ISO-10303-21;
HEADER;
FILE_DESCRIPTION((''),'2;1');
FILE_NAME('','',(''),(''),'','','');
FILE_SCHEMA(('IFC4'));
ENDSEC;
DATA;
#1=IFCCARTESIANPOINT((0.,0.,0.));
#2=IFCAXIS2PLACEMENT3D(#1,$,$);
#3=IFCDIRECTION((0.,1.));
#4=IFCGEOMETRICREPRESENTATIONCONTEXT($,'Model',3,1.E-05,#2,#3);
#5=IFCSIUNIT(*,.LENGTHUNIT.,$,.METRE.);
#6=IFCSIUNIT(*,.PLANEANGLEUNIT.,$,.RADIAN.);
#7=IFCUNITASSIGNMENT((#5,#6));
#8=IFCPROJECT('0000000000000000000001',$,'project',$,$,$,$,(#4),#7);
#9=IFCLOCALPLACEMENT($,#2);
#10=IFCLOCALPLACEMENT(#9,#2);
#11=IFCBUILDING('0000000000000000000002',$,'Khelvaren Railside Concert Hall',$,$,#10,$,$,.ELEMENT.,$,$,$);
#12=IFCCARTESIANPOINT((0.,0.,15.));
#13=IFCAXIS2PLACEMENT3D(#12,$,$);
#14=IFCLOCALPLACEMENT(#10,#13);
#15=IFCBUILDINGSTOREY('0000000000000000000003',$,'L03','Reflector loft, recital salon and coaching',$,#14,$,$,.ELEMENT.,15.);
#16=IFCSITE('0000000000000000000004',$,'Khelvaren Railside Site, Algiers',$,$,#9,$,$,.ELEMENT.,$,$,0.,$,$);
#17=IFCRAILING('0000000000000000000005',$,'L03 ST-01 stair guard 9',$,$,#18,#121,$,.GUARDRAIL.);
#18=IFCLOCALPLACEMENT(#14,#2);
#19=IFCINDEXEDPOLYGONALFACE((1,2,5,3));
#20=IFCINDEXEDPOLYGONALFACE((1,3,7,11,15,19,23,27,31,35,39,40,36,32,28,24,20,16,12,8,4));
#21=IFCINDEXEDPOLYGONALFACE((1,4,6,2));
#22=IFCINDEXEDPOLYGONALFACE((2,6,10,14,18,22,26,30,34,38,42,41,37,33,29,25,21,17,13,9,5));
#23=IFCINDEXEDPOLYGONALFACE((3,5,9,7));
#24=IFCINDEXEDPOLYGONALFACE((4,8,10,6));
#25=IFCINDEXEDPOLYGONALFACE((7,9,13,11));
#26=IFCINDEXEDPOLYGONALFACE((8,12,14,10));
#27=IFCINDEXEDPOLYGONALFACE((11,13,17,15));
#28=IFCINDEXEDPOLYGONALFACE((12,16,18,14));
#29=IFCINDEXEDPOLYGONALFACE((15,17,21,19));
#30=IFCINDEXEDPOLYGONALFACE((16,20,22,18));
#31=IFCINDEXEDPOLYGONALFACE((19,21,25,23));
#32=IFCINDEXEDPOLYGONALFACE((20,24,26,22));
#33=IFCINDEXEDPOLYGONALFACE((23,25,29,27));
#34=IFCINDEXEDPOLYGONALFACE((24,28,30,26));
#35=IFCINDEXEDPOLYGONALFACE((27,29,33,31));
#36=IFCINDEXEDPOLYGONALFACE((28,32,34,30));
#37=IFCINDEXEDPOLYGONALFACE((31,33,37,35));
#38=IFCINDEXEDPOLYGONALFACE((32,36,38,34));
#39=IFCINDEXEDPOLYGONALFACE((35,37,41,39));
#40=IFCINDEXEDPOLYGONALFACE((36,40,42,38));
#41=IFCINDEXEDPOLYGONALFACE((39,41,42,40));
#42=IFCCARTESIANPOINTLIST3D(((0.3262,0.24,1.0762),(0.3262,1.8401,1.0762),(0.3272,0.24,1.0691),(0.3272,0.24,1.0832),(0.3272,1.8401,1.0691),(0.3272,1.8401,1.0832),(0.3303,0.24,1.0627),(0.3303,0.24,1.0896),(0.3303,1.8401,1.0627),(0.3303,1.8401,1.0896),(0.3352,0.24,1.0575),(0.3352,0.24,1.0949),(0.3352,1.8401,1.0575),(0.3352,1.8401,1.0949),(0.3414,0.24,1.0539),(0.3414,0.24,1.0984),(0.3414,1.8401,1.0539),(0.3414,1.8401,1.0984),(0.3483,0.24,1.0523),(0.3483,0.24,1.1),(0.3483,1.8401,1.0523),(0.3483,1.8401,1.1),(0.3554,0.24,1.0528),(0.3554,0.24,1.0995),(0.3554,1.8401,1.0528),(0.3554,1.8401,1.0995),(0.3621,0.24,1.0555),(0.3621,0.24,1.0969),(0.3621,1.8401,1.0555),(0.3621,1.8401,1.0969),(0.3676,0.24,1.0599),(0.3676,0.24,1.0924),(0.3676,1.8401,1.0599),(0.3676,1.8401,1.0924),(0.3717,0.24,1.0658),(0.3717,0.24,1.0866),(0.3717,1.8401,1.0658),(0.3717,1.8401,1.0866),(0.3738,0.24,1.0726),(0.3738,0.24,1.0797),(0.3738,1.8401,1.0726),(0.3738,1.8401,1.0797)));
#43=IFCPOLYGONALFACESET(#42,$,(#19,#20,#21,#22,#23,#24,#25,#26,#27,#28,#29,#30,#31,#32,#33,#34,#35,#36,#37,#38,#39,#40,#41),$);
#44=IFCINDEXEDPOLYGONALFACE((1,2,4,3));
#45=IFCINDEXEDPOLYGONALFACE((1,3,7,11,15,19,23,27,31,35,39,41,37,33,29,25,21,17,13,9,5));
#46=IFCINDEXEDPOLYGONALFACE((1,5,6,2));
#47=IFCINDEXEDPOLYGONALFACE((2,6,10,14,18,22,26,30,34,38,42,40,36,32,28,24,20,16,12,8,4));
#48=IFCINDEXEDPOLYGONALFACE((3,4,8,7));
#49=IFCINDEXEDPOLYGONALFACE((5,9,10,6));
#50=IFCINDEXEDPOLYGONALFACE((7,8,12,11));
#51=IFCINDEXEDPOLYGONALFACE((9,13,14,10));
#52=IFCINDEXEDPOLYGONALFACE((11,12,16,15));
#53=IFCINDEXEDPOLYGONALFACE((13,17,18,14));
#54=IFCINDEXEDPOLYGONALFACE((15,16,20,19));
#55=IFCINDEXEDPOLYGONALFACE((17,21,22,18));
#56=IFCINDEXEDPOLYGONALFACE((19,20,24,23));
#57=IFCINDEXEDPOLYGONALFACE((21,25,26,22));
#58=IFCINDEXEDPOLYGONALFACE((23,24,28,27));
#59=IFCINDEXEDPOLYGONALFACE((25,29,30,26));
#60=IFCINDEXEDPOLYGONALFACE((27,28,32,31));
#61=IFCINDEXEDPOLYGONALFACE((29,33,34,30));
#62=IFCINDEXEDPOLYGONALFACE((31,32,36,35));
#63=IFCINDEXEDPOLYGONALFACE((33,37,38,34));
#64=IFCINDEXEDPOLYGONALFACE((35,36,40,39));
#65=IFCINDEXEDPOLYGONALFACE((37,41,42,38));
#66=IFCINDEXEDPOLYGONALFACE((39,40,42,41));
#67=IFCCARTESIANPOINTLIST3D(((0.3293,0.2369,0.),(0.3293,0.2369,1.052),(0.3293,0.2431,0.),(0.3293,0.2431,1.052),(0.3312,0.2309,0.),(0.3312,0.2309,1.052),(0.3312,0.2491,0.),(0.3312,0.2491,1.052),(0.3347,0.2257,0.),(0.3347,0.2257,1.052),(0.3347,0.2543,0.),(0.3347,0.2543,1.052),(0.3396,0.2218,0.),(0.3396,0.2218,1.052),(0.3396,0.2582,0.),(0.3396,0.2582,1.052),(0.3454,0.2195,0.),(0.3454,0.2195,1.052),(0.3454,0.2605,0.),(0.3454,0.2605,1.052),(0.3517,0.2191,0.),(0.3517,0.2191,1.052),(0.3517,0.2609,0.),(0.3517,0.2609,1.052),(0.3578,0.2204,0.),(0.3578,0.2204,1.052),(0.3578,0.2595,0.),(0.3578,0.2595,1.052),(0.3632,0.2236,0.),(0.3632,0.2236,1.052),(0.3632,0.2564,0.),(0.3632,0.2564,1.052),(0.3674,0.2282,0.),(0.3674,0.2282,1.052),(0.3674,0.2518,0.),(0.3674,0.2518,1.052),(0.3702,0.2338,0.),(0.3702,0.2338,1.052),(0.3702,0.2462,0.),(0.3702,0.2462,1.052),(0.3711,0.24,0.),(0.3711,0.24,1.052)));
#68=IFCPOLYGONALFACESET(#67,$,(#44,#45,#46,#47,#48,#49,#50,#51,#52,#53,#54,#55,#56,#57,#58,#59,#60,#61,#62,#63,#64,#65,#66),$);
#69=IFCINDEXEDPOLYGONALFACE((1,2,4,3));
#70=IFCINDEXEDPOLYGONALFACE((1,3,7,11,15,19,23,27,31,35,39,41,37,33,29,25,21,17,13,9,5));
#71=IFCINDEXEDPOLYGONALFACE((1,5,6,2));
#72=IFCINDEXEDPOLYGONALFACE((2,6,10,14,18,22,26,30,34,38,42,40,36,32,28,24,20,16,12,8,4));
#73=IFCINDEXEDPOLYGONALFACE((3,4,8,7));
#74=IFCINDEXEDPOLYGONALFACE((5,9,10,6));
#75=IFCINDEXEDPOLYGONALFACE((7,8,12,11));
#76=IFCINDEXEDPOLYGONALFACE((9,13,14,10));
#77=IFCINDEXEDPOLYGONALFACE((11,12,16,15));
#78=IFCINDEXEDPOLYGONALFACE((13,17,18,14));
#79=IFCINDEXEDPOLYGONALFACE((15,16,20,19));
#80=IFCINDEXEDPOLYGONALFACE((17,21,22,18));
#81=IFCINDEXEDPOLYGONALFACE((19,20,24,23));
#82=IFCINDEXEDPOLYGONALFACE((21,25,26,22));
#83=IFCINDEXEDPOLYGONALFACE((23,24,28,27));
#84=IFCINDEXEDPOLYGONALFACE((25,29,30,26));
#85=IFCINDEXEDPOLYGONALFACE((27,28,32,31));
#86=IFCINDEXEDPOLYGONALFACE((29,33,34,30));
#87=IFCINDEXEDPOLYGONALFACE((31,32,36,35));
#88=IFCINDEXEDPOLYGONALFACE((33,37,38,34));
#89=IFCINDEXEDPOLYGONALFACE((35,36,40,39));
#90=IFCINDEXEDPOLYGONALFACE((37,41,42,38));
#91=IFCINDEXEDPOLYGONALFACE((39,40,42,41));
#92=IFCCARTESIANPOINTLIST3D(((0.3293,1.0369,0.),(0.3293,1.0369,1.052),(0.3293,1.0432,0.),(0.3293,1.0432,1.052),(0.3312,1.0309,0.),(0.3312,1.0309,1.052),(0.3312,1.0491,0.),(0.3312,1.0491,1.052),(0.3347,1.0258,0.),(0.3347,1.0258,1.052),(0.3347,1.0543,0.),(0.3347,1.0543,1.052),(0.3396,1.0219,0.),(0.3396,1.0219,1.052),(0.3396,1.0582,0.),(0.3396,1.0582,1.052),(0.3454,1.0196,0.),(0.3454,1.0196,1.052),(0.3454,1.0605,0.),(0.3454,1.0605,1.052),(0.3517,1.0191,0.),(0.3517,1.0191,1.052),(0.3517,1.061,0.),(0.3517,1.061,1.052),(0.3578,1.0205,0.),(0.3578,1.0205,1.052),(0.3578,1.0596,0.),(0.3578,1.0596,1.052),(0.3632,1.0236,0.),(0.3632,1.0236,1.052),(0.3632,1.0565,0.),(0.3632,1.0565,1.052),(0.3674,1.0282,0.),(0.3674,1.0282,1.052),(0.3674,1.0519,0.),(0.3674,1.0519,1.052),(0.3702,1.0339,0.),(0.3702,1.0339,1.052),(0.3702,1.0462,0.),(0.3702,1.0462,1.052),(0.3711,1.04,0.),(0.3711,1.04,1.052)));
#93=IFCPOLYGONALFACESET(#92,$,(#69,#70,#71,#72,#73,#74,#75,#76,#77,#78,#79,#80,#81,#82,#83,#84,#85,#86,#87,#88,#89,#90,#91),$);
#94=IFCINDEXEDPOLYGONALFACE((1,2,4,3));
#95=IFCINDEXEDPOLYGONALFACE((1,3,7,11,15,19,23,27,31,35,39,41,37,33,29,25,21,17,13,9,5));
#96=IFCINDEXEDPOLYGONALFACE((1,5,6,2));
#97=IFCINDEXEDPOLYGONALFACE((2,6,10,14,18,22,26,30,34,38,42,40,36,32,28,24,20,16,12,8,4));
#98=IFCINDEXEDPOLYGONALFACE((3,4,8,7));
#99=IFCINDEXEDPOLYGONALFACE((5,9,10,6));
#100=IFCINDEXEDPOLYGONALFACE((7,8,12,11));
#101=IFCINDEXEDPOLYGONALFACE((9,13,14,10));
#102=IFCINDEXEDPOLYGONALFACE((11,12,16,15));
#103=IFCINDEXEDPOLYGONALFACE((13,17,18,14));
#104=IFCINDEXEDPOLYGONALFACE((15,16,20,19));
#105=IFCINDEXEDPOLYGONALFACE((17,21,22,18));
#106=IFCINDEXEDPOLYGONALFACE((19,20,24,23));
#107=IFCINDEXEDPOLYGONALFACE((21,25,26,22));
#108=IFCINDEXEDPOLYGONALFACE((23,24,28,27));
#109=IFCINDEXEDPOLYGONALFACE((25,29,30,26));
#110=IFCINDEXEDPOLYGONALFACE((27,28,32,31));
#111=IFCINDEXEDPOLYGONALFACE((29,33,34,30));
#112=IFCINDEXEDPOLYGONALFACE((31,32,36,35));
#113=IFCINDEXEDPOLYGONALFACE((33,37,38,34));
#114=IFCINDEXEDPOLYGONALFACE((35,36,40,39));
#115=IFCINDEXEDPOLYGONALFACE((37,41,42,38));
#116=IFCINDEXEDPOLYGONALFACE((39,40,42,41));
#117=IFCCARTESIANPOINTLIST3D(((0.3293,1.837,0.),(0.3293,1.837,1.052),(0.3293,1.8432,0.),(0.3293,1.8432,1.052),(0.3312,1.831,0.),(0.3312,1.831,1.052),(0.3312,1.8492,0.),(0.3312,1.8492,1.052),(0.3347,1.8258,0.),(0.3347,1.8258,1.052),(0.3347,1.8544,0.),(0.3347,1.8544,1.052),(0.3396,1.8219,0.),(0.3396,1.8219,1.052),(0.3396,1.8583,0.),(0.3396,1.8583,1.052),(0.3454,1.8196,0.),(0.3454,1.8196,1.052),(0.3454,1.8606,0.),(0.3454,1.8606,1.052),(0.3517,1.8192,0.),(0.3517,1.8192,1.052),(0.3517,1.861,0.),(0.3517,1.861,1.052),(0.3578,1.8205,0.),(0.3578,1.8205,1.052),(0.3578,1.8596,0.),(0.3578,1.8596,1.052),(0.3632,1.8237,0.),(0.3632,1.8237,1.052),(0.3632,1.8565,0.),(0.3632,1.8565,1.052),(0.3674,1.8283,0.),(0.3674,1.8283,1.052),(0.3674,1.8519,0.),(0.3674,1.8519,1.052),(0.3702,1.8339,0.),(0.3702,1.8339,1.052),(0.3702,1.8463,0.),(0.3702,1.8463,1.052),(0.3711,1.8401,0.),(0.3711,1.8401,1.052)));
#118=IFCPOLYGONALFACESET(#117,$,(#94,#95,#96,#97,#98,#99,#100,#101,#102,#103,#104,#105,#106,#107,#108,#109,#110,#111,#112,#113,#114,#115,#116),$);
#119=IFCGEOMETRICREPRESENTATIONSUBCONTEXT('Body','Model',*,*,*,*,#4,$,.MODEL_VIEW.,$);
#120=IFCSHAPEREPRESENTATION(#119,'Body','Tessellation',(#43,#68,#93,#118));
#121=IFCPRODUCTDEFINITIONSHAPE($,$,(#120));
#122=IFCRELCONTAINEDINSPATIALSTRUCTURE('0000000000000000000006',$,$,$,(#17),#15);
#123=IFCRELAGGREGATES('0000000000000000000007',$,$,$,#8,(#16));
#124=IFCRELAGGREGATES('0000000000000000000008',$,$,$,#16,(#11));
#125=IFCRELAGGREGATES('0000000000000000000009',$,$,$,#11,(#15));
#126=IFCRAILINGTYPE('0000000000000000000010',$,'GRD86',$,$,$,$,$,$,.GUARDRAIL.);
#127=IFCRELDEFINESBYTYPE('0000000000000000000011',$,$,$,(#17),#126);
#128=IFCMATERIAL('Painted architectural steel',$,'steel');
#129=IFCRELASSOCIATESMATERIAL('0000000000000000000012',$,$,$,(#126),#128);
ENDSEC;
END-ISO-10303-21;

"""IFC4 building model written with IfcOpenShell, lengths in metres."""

from ifc_helpers import new_model, si_unit, direction, frame, origin, origin_2d, place, context, subcontext, project, spatial, circle, extrude, material, type_object, element, save


model = new_model("IFC4")

# Units and contexts
model_context = context("Model", 3, precision=1e-05, world=origin(), true_north=direction((0.0, 1.0)))
body_context = subcontext(model_context, "Body", "Model", "MODEL_VIEW")
ifc_project = project(units=[si_unit("LENGTHUNIT", "METRE"), si_unit("PLANEANGLEUNIT", "RADIAN")], contexts=[model_context])

# Site, building, storey
site_placement = place(None, origin())
site = spatial("IfcSite", under=ifc_project, at=site_placement, Name="Khelvaren Railside Site, Algiers", CompositionType="ELEMENT", RefElevation=0.0)
building_placement = place(site_placement, origin())
building = spatial("IfcBuilding", under=site, at=building_placement, Name="Khelvaren Railside Concert Hall", CompositionType="ELEMENT")
storey_placement = place(building_placement, frame((0.0, 0.0, 15.0)))
storey = spatial("IfcBuildingStorey", under=building, at=storey_placement, Name="L03", Description="Reflector loft, recital salon and coaching", CompositionType="ELEMENT", Elevation=15.0)

# Railing
ifc_material_1 = material(Name="Painted architectural steel", Category="steel")
railing_type_1 = type_object("IfcRailingType", Name="GRD86", PredefinedType="GUARDRAIL", material=ifc_material_1)
for number, where, name in (
    (1, (0.3501, 0.24, 0.0), "L03 ST-01 stair guard 9"),
):
    element("IfcRailing", number, at=place(storey_placement, frame(where)), inside=storey, type_object=railing_type_1, Name=name, PredefinedType="GUARDRAIL", context=body_context, shape_type="SweptSolid", body=[
        extrude(circle(Radius=0.0239, at=origin_2d()), frame((0.0, 0.0, 1.0762), z_axis=(0.0, 1.0, 0.0), x_axis=(-1.0, 0.0, 0.0)), (0.0, 0.0, 1.0), 1.6001),
        extrude(circle(Radius=0.021, at=origin_2d()), origin(), (0.0, 0.0, 1.0), 1.052),
        extrude(circle(Radius=0.021, at=origin_2d()), frame((0.0, 0.8, 0.0)), (0.0, 0.0, 1.0), 1.052),
        extrude(circle(Radius=0.021, at=origin_2d()), frame((0.0, 1.6001, 0.0)), (0.0, 0.0, 1.0), 1.052),
    ])

save(model, "model.ifc")
